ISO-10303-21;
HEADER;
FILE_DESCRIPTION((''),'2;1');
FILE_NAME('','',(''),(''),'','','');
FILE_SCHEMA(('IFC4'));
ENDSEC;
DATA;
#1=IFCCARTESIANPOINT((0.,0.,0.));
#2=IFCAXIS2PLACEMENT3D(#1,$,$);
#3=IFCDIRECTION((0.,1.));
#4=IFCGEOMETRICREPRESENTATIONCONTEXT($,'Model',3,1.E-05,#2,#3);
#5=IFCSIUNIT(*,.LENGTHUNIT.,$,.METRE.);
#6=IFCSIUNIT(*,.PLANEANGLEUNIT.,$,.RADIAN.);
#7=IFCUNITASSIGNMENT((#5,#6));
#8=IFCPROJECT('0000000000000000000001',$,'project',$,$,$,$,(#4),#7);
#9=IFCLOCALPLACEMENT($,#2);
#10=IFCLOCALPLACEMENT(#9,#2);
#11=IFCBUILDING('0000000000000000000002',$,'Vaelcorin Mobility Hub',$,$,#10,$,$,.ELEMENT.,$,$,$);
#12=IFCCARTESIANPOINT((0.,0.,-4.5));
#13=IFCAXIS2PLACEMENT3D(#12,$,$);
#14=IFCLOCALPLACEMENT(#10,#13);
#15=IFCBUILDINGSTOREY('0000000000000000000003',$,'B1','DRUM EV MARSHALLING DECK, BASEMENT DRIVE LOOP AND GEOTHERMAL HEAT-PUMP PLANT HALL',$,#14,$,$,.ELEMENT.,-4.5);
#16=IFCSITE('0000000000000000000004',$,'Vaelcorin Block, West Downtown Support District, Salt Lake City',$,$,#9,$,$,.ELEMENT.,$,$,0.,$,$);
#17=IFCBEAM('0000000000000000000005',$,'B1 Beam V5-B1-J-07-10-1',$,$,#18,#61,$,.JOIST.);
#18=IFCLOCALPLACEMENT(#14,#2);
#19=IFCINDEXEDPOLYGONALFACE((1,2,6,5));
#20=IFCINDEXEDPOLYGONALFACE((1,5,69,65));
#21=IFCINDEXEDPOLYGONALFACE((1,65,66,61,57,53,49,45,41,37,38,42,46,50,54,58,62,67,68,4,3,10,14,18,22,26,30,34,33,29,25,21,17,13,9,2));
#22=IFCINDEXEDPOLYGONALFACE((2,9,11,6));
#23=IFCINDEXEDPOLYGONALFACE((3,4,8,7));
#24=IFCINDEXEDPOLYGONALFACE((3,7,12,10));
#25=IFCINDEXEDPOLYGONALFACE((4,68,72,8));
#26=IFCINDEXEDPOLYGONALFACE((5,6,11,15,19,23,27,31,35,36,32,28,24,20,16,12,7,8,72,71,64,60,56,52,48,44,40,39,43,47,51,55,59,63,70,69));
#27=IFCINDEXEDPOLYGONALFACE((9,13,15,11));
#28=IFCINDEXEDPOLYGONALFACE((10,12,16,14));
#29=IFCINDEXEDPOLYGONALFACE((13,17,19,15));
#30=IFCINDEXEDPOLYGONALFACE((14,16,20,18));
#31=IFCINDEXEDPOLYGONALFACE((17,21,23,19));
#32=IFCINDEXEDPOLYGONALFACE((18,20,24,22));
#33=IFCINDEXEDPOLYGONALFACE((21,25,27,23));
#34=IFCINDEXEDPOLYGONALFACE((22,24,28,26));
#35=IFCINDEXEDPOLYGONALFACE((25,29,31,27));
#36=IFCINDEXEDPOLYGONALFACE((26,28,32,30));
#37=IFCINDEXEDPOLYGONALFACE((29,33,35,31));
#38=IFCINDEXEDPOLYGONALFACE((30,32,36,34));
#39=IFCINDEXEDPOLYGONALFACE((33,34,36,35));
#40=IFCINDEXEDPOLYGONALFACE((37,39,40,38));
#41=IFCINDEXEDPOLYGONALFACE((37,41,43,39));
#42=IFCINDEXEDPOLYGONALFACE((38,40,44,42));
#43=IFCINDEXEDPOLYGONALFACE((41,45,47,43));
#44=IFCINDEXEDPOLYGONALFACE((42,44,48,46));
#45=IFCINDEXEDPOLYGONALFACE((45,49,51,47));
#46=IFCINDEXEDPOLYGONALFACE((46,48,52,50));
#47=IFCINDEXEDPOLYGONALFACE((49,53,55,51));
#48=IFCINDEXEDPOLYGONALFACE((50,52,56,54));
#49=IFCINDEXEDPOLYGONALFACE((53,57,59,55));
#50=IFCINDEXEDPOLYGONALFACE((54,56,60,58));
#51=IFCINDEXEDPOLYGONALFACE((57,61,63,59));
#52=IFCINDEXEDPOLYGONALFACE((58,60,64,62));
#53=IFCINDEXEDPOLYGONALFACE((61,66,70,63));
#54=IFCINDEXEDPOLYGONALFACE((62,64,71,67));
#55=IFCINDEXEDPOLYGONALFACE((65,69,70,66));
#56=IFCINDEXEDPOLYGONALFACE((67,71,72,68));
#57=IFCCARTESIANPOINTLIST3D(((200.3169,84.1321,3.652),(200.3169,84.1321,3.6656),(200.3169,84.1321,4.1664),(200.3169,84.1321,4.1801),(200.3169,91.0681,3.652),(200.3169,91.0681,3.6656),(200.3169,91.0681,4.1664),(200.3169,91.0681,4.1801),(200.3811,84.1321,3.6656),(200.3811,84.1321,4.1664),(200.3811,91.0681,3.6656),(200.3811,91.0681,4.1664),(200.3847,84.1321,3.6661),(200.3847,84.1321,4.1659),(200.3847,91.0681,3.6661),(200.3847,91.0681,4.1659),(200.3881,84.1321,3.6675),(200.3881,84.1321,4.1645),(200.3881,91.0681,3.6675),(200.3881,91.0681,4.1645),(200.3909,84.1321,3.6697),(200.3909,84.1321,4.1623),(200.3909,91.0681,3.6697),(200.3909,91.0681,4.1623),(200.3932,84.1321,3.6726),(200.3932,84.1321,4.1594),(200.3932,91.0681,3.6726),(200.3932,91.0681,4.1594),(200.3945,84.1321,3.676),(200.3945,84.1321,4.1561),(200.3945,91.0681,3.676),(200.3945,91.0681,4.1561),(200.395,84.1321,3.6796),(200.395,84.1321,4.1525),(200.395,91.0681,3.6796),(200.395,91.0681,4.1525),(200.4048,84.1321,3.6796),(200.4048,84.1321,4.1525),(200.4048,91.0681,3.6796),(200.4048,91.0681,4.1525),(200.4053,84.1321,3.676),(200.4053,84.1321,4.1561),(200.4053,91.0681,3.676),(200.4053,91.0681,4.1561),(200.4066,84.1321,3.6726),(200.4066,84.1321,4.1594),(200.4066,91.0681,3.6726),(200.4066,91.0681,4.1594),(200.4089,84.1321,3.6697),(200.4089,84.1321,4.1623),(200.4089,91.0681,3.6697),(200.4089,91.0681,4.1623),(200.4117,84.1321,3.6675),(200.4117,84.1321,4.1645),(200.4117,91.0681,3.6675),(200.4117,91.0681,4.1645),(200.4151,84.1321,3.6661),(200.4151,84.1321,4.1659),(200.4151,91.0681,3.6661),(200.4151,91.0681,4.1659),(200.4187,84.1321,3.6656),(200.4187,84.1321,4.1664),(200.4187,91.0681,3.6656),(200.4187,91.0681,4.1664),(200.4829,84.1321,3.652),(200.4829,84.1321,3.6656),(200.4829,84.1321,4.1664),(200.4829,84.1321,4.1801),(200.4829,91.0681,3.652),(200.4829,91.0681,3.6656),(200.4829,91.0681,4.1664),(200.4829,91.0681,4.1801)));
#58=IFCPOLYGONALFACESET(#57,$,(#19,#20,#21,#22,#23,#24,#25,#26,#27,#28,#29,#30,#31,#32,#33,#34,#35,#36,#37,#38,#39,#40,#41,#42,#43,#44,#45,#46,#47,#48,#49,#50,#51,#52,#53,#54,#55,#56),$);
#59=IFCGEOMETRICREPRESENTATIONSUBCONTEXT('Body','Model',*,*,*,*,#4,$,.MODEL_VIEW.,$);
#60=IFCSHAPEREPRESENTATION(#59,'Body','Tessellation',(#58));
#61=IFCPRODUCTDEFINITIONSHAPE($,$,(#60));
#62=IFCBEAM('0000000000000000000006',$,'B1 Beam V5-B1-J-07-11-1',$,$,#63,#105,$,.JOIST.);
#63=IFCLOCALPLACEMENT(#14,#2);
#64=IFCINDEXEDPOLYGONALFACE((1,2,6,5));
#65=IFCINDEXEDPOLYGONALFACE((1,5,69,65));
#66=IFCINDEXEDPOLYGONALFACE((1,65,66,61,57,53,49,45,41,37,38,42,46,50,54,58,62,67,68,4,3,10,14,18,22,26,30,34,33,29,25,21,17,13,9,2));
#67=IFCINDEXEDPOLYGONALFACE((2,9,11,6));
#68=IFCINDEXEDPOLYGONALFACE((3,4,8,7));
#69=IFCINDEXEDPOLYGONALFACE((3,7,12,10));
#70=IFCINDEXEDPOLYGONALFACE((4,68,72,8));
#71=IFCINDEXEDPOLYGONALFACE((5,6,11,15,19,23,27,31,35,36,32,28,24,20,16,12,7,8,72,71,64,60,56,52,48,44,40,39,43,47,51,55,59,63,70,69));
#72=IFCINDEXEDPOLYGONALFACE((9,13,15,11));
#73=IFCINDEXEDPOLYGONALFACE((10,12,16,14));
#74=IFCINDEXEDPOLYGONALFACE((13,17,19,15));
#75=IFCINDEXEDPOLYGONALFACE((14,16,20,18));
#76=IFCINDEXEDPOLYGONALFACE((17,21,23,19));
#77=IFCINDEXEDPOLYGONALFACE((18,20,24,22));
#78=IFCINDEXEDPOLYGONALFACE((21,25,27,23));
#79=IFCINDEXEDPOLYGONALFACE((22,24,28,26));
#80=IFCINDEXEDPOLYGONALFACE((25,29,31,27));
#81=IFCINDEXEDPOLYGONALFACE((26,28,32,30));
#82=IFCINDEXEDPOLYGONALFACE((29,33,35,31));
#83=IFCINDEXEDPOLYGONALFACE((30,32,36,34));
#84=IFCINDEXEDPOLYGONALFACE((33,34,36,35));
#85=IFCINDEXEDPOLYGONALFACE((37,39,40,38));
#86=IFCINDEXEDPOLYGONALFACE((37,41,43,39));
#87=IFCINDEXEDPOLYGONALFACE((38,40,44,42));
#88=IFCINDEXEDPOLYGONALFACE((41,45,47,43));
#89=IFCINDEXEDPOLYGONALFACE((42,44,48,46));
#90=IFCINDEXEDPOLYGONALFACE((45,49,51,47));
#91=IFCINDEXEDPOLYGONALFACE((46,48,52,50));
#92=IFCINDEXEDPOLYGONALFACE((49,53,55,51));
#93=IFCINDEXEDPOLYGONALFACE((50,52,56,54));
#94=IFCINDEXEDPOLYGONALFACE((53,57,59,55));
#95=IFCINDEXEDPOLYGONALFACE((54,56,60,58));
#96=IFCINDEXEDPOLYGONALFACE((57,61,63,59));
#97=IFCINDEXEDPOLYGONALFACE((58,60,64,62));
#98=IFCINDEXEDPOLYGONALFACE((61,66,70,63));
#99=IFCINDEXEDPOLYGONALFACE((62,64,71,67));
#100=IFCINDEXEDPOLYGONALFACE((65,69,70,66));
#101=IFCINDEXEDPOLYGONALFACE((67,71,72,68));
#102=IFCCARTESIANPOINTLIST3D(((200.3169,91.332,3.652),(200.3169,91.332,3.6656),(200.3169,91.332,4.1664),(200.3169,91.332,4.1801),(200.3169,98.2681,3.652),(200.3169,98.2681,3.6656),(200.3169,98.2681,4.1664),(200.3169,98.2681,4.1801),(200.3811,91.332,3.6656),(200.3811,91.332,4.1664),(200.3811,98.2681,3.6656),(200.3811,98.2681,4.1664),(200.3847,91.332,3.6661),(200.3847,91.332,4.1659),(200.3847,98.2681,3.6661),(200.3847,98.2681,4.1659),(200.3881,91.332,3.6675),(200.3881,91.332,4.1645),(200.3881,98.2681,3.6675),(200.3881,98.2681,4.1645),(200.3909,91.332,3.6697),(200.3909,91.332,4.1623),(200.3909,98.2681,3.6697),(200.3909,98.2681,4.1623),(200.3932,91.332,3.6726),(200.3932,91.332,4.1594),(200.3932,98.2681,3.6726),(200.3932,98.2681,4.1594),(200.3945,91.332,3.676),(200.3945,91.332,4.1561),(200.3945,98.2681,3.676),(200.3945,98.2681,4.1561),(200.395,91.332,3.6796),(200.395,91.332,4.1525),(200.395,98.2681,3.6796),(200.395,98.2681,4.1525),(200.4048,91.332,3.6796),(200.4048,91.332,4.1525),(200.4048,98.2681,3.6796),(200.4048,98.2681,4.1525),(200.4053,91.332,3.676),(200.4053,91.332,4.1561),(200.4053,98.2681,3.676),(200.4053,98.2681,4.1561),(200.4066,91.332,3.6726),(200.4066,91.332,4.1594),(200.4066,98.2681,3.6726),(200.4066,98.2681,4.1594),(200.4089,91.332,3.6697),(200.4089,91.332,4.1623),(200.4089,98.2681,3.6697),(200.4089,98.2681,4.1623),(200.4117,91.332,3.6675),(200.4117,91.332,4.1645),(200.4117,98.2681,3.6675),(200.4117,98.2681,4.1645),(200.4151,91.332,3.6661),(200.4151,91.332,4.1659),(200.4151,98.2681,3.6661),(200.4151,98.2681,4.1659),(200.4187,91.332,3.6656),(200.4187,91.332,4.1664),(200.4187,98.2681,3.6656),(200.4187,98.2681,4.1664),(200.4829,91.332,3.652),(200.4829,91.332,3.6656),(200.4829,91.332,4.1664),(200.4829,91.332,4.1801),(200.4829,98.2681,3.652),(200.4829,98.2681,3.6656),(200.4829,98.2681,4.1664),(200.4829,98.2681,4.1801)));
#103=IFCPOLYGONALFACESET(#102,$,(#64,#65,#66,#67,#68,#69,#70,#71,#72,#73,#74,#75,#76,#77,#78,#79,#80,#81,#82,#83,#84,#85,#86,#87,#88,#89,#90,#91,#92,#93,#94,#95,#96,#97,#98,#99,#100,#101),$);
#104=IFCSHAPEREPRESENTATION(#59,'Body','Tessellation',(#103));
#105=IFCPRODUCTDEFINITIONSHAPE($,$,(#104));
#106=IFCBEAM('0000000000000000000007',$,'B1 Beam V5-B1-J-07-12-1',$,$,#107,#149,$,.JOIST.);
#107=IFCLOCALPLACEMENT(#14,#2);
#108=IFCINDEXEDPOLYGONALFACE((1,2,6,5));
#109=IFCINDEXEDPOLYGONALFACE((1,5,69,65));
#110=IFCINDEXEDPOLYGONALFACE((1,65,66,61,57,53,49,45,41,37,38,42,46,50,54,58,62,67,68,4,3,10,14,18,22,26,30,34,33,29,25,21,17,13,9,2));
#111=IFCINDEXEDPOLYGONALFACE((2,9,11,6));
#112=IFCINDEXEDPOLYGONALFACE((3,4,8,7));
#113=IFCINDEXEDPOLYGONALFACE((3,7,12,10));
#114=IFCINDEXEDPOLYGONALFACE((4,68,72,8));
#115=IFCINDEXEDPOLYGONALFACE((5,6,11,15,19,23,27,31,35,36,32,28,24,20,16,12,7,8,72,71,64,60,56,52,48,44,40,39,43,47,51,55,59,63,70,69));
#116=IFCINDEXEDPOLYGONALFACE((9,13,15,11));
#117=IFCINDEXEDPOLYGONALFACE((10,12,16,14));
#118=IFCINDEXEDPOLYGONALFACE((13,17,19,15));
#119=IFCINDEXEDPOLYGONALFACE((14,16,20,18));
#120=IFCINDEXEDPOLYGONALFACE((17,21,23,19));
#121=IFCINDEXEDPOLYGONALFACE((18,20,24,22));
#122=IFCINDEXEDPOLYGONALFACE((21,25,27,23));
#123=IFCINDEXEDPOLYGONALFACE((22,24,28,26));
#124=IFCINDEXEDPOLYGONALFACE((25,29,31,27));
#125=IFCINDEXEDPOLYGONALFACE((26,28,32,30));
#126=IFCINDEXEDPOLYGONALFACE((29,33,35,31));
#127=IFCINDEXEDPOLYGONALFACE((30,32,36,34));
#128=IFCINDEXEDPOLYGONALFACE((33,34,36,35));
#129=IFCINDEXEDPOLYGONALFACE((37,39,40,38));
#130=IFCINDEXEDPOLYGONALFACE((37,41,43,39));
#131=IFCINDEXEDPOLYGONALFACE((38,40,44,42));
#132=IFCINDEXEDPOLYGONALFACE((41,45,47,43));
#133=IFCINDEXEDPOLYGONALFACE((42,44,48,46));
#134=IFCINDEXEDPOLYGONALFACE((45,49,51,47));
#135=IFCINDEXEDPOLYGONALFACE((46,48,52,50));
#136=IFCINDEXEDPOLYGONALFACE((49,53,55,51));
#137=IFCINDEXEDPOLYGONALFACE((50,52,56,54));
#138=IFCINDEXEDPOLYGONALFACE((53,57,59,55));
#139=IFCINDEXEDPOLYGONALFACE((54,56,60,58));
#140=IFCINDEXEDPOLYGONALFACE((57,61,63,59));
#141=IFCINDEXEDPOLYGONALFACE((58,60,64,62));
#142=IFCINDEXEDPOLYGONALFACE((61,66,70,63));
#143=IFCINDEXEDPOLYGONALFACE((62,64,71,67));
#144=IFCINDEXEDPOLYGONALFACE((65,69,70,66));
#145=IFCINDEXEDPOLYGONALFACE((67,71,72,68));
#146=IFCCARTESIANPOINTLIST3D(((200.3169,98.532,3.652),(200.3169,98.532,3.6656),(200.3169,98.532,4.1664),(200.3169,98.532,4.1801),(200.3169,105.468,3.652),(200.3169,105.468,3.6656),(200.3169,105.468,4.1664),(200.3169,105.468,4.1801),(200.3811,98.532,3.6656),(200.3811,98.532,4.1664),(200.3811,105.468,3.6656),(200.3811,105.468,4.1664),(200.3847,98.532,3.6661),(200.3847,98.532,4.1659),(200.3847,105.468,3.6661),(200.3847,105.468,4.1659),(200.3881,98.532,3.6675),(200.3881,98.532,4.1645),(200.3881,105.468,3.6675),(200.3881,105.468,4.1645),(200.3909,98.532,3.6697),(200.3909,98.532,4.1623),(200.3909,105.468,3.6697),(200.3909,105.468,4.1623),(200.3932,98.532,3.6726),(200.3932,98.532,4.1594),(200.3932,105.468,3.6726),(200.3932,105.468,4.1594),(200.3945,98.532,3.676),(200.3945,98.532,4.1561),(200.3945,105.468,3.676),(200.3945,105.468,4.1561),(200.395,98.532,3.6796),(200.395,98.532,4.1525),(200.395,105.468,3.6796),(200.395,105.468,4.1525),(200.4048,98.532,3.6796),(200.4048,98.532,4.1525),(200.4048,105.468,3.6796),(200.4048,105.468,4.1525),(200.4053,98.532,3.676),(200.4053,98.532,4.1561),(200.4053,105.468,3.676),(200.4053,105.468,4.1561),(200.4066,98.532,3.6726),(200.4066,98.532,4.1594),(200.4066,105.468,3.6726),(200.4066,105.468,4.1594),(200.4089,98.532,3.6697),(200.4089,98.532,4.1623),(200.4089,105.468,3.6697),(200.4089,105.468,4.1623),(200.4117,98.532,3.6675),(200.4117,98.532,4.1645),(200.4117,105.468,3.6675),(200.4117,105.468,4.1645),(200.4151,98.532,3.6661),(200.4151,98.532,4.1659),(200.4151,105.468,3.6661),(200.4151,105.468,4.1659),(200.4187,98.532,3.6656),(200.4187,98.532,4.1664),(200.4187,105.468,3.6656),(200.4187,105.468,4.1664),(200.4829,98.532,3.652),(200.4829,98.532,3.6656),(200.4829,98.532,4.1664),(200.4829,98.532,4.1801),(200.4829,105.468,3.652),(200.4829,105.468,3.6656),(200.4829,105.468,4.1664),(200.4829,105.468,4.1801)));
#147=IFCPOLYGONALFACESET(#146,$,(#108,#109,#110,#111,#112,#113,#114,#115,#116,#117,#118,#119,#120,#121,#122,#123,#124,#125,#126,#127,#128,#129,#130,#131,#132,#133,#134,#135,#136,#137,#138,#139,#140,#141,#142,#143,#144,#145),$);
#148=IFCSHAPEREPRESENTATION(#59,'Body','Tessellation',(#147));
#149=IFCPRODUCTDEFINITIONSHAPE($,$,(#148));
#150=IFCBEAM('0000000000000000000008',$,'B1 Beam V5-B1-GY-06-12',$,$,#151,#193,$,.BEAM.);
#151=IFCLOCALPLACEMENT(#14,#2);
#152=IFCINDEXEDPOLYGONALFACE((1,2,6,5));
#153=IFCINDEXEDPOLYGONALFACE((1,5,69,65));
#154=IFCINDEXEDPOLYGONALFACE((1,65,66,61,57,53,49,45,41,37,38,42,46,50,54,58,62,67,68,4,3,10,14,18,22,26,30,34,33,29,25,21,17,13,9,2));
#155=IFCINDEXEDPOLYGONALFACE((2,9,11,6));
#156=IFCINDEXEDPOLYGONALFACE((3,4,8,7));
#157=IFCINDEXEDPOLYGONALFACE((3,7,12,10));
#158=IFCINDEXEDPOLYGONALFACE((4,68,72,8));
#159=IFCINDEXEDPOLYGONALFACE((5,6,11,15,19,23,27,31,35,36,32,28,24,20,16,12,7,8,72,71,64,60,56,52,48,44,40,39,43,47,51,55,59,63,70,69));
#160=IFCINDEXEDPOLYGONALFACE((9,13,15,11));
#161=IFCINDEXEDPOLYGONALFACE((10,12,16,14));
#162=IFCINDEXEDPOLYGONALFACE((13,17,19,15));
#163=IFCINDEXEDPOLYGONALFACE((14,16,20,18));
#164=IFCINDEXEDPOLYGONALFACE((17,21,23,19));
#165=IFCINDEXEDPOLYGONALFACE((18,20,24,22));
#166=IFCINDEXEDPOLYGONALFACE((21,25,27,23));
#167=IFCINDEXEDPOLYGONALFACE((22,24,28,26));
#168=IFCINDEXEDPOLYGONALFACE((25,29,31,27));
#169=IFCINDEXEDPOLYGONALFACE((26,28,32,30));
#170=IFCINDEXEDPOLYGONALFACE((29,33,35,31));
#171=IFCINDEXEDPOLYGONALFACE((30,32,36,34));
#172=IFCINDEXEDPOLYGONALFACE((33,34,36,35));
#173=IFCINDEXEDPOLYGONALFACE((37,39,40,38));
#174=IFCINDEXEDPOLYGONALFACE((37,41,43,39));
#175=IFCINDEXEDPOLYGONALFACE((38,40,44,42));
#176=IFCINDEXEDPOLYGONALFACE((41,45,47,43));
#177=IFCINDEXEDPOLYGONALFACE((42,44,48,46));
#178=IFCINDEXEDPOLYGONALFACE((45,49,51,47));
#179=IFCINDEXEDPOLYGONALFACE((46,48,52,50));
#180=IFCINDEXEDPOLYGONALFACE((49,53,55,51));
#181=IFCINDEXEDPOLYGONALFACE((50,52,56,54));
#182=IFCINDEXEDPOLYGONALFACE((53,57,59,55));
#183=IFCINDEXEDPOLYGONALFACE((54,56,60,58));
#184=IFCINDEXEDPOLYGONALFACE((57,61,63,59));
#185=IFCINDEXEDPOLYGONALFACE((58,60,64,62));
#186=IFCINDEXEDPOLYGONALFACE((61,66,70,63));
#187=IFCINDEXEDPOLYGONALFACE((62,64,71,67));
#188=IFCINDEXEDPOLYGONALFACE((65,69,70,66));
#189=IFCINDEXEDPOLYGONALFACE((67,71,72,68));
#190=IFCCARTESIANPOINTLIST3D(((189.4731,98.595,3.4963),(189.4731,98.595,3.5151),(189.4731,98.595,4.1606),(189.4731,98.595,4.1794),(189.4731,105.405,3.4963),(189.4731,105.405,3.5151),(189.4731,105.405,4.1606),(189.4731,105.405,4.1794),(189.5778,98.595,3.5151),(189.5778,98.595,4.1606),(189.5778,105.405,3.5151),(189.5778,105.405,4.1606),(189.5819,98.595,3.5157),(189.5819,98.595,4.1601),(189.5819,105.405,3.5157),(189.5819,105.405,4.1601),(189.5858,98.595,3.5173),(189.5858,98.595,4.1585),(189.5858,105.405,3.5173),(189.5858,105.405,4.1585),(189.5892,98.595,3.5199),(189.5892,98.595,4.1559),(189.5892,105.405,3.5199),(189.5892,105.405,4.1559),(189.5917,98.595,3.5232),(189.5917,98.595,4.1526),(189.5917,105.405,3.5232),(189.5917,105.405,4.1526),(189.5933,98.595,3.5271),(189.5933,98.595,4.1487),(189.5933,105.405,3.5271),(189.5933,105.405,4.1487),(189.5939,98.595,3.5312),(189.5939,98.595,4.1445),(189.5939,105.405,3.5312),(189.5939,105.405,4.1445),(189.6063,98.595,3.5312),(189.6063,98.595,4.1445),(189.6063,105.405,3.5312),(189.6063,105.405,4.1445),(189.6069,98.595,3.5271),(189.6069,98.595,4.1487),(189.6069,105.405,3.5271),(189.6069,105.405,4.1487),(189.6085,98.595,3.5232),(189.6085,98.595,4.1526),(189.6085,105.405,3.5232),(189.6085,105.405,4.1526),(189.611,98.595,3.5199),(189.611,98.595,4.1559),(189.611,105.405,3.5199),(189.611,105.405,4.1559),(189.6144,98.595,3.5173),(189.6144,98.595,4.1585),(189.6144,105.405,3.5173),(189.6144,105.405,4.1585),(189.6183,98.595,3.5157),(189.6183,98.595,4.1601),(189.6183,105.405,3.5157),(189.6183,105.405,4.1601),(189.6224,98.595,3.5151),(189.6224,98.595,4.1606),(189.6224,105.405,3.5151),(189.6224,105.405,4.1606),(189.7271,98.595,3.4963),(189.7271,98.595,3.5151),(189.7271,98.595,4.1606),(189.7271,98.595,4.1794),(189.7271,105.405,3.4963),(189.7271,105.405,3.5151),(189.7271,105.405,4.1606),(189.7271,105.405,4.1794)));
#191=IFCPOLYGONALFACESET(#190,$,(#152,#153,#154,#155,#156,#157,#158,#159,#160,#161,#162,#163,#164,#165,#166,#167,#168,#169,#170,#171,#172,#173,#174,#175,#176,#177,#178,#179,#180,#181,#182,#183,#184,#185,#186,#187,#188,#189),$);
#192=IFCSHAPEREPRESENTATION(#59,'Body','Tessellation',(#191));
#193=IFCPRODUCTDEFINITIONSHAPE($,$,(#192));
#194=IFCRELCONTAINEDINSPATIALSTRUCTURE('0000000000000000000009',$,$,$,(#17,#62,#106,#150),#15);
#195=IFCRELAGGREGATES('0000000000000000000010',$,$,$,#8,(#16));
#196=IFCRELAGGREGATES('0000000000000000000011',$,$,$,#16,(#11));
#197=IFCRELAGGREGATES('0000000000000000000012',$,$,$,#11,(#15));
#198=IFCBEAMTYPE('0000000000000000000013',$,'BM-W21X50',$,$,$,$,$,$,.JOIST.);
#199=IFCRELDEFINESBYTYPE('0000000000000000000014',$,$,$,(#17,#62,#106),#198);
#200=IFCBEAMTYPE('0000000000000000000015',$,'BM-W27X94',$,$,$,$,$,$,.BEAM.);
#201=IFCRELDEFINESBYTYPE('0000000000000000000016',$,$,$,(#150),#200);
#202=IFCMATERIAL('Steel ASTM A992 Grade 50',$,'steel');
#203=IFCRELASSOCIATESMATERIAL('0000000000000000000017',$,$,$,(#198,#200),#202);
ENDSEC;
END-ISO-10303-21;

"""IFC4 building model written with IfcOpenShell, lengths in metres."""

from ifc_helpers import new_model, si_unit, direction, frame, origin, origin_2d, place, context, subcontext, project, spatial, i_section, extrude, material, material_profile, profile_set, type_object, element, save


model = new_model("IFC4")

# Units and contexts
model_context = context("Model", 3, precision=1e-05, world=origin(), true_north=direction((0.0, 1.0)))
body_context = subcontext(model_context, "Body", "Model", "MODEL_VIEW")
ifc_project = project(units=[si_unit("LENGTHUNIT", "METRE"), si_unit("PLANEANGLEUNIT", "RADIAN")], contexts=[model_context])

# Site, building, storey
site_placement = place(None, origin())
site = spatial("IfcSite", under=ifc_project, at=site_placement, Name="Vaelcorin Block, West Downtown Support District, Salt Lake City", CompositionType="ELEMENT", RefElevation=0.0)
building_placement = place(site_placement, origin())
building = spatial("IfcBuilding", under=site, at=building_placement, Name="Vaelcorin Mobility Hub", CompositionType="ELEMENT")
storey_placement = place(building_placement, frame((0.0, 0.0, -4.5)))
storey = spatial("IfcBuildingStorey", under=building, at=storey_placement, Name="B1", Description="DRUM EV MARSHALLING DECK, BASEMENT DRIVE LOOP AND GEOTHERMAL HEAT-PUMP PLANT HALL", CompositionType="ELEMENT", Elevation=-4.5)

# Shared definitions
ifc_material_1 = material(Name="Steel ASTM A992 Grade 50", Category="steel")

# Beams
ifc_material_profile_1 = material_profile(ifc_material_1, i_section(OverallWidth=0.166, OverallDepth=0.5281, WebThickness=0.0098, FlangeThickness=0.0137, FilletRadius=0.0139, at=origin_2d()), Name="W21X50")
ifc_profile_set_1 = profile_set([ifc_material_profile_1], Name="Steel ASTM A992 Grade 50")
beam_type_1 = type_object("IfcBeamType", Name="BM-W21X50", PredefinedType="JOIST", material=ifc_profile_set_1)
for number, where, z_axis, x_axis, name in (
    (1, (200.3999, 84.1321, 3.916), (0.0, 1.0, 0.0), (-1.0, 0.0, 0.0), "B1 Beam V5-B1-J-07-10-1"),
    (2, (200.3999, 91.332, 3.916), (0.0, 1.0, 0.0), (-1.0, 0.0, 0.0), "B1 Beam V5-B1-J-07-11-1"),
    (3, (200.3999, 98.532, 3.916), (0.0, 1.0, 0.0), (-1.0, 0.0, 0.0), "B1 Beam V5-B1-J-07-12-1"),
):
    element("IfcBeam", number, at=place(storey_placement, frame(where, z_axis=z_axis, x_axis=x_axis)), inside=storey, type_object=beam_type_1, Name=name, PredefinedType="JOIST", context=body_context, shape_type="SweptSolid", body=[
        extrude(i_section(OverallWidth=0.166, OverallDepth=0.5281, WebThickness=0.0098, FlangeThickness=0.0137, FilletRadius=0.0139, at=origin_2d()), origin(), (0.0, 0.0, 1.0), 6.936),
    ])
ifc_material_profile_2 = material_profile(ifc_material_1, i_section(OverallWidth=0.2539, OverallDepth=0.6831, WebThickness=0.0125, FlangeThickness=0.0188, FilletRadius=0.0161, at=origin_2d()), Name="W27X94")
ifc_profile_set_2 = profile_set([ifc_material_profile_2], Name="Steel ASTM A992 Grade 50")
beam_type_2 = type_object("IfcBeamType", Name="BM-W27X94", PredefinedType="BEAM", material=ifc_profile_set_2)
beam_1_placement = place(storey_placement, frame((189.6001, 98.595, 3.8379), z_axis=(0.0, 1.0, 0.0), x_axis=(-1.0, 0.0, 0.0)))
element("IfcBeam", 4, at=beam_1_placement, inside=storey, type_object=beam_type_2, Name="B1 Beam V5-B1-GY-06-12", PredefinedType="BEAM", context=body_context, shape_type="SweptSolid", body=[
    extrude(i_section(OverallWidth=0.2539, OverallDepth=0.6831, WebThickness=0.0125, FlangeThickness=0.0188, FilletRadius=0.0161, at=origin_2d()), origin(), (0.0, 0.0, 1.0), 6.8101),
])

save(model, "model.ifc")
